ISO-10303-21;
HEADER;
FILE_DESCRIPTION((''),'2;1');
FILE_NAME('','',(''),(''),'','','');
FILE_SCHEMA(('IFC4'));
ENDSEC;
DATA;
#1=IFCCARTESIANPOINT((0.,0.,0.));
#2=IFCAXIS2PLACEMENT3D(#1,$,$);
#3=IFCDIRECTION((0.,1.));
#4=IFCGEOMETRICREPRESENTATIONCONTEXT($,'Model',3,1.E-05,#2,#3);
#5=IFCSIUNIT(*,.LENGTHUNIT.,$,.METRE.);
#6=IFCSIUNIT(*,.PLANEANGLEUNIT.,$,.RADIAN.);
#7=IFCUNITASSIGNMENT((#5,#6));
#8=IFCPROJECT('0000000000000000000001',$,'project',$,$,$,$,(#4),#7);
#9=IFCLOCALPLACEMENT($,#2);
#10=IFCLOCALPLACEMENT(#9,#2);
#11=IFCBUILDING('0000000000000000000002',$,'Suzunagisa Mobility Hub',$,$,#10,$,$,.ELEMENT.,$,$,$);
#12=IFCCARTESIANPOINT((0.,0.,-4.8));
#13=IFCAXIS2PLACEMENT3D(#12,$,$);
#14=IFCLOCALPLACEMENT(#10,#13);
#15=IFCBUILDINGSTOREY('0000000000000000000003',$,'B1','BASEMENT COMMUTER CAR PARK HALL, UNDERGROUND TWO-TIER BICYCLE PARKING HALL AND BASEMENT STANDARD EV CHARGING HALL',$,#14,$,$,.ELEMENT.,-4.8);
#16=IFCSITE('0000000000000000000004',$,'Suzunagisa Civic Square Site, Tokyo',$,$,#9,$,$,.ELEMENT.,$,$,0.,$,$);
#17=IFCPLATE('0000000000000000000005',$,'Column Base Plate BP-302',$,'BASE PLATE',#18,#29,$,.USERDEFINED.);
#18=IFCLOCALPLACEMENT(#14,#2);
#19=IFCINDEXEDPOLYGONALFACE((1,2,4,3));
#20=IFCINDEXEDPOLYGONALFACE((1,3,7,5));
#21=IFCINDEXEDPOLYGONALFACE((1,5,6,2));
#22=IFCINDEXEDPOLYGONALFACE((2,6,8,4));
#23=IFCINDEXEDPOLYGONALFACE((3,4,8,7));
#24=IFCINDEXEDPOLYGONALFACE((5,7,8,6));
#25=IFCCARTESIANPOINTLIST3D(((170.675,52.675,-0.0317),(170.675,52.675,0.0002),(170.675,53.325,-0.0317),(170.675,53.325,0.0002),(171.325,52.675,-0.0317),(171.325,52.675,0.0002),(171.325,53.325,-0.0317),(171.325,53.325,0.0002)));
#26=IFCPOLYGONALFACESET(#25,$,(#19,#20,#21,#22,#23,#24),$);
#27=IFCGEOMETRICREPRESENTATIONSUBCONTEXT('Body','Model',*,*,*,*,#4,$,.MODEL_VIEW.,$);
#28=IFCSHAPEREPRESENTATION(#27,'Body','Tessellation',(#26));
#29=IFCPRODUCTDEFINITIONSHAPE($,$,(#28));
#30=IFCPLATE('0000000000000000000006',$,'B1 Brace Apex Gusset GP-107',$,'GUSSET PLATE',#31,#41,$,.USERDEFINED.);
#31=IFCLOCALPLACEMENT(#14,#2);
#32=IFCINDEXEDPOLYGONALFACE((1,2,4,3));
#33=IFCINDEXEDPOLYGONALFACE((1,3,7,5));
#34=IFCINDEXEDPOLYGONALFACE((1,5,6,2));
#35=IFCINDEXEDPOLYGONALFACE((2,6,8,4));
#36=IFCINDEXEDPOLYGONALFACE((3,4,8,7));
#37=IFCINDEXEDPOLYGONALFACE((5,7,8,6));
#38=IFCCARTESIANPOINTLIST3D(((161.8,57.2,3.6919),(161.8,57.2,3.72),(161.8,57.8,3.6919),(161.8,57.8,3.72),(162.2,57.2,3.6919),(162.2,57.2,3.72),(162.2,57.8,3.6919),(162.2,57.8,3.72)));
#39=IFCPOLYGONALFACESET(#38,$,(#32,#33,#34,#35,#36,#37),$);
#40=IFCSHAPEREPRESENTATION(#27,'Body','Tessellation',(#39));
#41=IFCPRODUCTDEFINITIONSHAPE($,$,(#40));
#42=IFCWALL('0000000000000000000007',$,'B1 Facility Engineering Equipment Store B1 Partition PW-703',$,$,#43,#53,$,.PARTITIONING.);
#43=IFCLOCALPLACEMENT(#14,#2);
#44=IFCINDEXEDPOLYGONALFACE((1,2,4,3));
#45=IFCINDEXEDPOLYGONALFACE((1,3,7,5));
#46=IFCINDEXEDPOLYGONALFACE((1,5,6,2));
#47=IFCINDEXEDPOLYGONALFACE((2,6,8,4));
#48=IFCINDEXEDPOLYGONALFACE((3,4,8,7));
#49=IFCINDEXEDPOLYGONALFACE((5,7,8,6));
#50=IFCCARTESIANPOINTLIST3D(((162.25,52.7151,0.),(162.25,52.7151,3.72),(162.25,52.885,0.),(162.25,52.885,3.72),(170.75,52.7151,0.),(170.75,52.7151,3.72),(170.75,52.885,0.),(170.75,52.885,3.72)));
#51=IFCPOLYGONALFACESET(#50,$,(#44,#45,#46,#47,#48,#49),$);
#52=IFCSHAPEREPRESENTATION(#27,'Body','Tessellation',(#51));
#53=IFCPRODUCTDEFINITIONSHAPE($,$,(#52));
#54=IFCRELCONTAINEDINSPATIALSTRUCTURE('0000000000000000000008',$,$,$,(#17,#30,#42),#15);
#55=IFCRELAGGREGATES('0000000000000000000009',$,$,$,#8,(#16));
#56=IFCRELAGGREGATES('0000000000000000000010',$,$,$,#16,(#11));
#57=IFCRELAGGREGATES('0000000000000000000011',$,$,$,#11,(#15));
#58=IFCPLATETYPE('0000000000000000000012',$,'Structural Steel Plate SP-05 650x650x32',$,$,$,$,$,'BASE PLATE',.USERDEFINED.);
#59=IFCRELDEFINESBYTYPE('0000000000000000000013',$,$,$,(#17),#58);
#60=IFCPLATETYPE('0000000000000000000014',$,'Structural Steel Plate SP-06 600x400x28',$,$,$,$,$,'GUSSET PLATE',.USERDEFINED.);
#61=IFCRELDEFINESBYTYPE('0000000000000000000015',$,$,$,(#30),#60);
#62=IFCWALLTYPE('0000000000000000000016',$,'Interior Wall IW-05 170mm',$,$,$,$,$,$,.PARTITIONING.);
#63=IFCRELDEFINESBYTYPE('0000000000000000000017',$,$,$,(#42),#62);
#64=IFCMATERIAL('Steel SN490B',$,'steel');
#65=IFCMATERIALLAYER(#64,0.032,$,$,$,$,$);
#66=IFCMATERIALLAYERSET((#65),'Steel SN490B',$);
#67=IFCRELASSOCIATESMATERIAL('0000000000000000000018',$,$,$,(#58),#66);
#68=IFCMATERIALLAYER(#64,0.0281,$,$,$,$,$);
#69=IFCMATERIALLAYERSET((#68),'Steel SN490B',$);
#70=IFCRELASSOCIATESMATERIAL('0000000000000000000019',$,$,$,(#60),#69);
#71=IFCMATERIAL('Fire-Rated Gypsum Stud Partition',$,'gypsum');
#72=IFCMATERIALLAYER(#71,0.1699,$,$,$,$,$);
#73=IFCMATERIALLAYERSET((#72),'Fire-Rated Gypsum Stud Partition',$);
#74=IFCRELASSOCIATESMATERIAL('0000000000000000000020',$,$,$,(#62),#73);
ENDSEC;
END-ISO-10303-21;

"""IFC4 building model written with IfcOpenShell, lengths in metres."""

from ifc_helpers import new_model, si_unit, direction, frame, frame_2d, origin, origin_2d, place, context, subcontext, project, spatial, rectangle, extrude, material, layer, layer_set, type_object, element, save


model = new_model("IFC4")

# Units and contexts
model_context = context("Model", 3, precision=1e-05, world=origin(), true_north=direction((0.0, 1.0)))
body_context = subcontext(model_context, "Body", "Model", "MODEL_VIEW")
ifc_project = project(units=[si_unit("LENGTHUNIT", "METRE"), si_unit("PLANEANGLEUNIT", "RADIAN")], contexts=[model_context])

# Site, building, storey
site_placement = place(None, origin())
site = spatial("IfcSite", under=ifc_project, at=site_placement, Name="Suzunagisa Civic Square Site, Tokyo", CompositionType="ELEMENT", RefElevation=0.0)
building_placement = place(site_placement, origin())
building = spatial("IfcBuilding", under=site, at=building_placement, Name="Suzunagisa Mobility Hub", CompositionType="ELEMENT")
storey_placement = place(building_placement, frame((0.0, 0.0, -4.8)))
storey = spatial("IfcBuildingStorey", under=building, at=storey_placement, Name="B1", Description="BASEMENT COMMUTER CAR PARK HALL, UNDERGROUND TWO-TIER BICYCLE PARKING HALL AND BASEMENT STANDARD EV CHARGING HALL", CompositionType="ELEMENT", Elevation=-4.8)

# Shared definitions
ifc_material_1 = material(Name="Steel SN490B", Category="steel")

# Plates
ifc_layer_1 = layer(ifc_material_1, 0.032)
ifc_layer_set_1 = layer_set([ifc_layer_1], Name="Steel SN490B")
plate_type_1 = type_object("IfcPlateType", Name="Structural Steel Plate SP-05 650x650x32", ElementType="BASE PLATE", PredefinedType="USERDEFINED", material=ifc_layer_set_1)
for number, where, z_axis, x_axis, name in (
    (1, (171.0, 53.0, -0.0317), (0.0, 0.0, 1.0), (1.0, 0.0, 0.0), "Column Base Plate BP-302"),
):
    element("IfcPlate", number, at=place(storey_placement, frame(where, z_axis=z_axis, x_axis=x_axis)), inside=storey, type_object=plate_type_1, Name=name, ObjectType="BASE PLATE", PredefinedType="USERDEFINED", context=body_context, shape_type="SweptSolid", body=[
        extrude(rectangle(XDim=0.6499, YDim=0.6499, at=origin_2d()), origin(), (0.0, 0.0, 1.0), 0.032),
    ])
ifc_layer_2 = layer(ifc_material_1, 0.0281)
ifc_layer_set_2 = layer_set([ifc_layer_2], Name="Steel SN490B")
plate_type_2 = type_object("IfcPlateType", Name="Structural Steel Plate SP-06 600x400x28", ElementType="GUSSET PLATE", PredefinedType="USERDEFINED", material=ifc_layer_set_2)
plate_placement = place(storey_placement, frame((162.0, 57.5, 3.6919), z_axis=(0.0, 0.0, 1.0), x_axis=(1.0, 0.0, 0.0)))
element("IfcPlate", 2, at=plate_placement, inside=storey, type_object=plate_type_2, Name="B1 Brace Apex Gusset GP-107", ObjectType="GUSSET PLATE", PredefinedType="USERDEFINED", context=body_context, shape_type="SweptSolid", body=[
    extrude(rectangle(XDim=0.3999, YDim=0.6001, at=origin_2d()), origin(), (0.0, 0.0, 1.0), 0.0281),
])

# Wall
ifc_material_2 = material(Name="Fire-Rated Gypsum Stud Partition", Category="gypsum")
ifc_layer_3 = layer(ifc_material_2, 0.1699)
ifc_layer_set_3 = layer_set([ifc_layer_3], Name="Fire-Rated Gypsum Stud Partition")
wall_type = type_object("IfcWallType", Name="Interior Wall IW-05 170mm", PredefinedType="PARTITIONING", material=ifc_layer_set_3)
wall_placement = place(storey_placement, frame((162.25, 52.8, 0.0), z_axis=(0.0, 0.0, 1.0), x_axis=(1.0, 0.0, 0.0)))
element("IfcWall", 3, at=wall_placement, inside=storey, type_object=wall_type, Name="B1 Facility Engineering Equipment Store B1 Partition PW-703", PredefinedType="PARTITIONING", context=body_context, shape_type="SweptSolid", body=[
    extrude(rectangle(XDim=8.5, YDim=0.1699, at=frame_2d((4.25, 0.0))), origin(), (0.0, 0.0, 1.0), 3.72),
])

save(model, "model.ifc")
